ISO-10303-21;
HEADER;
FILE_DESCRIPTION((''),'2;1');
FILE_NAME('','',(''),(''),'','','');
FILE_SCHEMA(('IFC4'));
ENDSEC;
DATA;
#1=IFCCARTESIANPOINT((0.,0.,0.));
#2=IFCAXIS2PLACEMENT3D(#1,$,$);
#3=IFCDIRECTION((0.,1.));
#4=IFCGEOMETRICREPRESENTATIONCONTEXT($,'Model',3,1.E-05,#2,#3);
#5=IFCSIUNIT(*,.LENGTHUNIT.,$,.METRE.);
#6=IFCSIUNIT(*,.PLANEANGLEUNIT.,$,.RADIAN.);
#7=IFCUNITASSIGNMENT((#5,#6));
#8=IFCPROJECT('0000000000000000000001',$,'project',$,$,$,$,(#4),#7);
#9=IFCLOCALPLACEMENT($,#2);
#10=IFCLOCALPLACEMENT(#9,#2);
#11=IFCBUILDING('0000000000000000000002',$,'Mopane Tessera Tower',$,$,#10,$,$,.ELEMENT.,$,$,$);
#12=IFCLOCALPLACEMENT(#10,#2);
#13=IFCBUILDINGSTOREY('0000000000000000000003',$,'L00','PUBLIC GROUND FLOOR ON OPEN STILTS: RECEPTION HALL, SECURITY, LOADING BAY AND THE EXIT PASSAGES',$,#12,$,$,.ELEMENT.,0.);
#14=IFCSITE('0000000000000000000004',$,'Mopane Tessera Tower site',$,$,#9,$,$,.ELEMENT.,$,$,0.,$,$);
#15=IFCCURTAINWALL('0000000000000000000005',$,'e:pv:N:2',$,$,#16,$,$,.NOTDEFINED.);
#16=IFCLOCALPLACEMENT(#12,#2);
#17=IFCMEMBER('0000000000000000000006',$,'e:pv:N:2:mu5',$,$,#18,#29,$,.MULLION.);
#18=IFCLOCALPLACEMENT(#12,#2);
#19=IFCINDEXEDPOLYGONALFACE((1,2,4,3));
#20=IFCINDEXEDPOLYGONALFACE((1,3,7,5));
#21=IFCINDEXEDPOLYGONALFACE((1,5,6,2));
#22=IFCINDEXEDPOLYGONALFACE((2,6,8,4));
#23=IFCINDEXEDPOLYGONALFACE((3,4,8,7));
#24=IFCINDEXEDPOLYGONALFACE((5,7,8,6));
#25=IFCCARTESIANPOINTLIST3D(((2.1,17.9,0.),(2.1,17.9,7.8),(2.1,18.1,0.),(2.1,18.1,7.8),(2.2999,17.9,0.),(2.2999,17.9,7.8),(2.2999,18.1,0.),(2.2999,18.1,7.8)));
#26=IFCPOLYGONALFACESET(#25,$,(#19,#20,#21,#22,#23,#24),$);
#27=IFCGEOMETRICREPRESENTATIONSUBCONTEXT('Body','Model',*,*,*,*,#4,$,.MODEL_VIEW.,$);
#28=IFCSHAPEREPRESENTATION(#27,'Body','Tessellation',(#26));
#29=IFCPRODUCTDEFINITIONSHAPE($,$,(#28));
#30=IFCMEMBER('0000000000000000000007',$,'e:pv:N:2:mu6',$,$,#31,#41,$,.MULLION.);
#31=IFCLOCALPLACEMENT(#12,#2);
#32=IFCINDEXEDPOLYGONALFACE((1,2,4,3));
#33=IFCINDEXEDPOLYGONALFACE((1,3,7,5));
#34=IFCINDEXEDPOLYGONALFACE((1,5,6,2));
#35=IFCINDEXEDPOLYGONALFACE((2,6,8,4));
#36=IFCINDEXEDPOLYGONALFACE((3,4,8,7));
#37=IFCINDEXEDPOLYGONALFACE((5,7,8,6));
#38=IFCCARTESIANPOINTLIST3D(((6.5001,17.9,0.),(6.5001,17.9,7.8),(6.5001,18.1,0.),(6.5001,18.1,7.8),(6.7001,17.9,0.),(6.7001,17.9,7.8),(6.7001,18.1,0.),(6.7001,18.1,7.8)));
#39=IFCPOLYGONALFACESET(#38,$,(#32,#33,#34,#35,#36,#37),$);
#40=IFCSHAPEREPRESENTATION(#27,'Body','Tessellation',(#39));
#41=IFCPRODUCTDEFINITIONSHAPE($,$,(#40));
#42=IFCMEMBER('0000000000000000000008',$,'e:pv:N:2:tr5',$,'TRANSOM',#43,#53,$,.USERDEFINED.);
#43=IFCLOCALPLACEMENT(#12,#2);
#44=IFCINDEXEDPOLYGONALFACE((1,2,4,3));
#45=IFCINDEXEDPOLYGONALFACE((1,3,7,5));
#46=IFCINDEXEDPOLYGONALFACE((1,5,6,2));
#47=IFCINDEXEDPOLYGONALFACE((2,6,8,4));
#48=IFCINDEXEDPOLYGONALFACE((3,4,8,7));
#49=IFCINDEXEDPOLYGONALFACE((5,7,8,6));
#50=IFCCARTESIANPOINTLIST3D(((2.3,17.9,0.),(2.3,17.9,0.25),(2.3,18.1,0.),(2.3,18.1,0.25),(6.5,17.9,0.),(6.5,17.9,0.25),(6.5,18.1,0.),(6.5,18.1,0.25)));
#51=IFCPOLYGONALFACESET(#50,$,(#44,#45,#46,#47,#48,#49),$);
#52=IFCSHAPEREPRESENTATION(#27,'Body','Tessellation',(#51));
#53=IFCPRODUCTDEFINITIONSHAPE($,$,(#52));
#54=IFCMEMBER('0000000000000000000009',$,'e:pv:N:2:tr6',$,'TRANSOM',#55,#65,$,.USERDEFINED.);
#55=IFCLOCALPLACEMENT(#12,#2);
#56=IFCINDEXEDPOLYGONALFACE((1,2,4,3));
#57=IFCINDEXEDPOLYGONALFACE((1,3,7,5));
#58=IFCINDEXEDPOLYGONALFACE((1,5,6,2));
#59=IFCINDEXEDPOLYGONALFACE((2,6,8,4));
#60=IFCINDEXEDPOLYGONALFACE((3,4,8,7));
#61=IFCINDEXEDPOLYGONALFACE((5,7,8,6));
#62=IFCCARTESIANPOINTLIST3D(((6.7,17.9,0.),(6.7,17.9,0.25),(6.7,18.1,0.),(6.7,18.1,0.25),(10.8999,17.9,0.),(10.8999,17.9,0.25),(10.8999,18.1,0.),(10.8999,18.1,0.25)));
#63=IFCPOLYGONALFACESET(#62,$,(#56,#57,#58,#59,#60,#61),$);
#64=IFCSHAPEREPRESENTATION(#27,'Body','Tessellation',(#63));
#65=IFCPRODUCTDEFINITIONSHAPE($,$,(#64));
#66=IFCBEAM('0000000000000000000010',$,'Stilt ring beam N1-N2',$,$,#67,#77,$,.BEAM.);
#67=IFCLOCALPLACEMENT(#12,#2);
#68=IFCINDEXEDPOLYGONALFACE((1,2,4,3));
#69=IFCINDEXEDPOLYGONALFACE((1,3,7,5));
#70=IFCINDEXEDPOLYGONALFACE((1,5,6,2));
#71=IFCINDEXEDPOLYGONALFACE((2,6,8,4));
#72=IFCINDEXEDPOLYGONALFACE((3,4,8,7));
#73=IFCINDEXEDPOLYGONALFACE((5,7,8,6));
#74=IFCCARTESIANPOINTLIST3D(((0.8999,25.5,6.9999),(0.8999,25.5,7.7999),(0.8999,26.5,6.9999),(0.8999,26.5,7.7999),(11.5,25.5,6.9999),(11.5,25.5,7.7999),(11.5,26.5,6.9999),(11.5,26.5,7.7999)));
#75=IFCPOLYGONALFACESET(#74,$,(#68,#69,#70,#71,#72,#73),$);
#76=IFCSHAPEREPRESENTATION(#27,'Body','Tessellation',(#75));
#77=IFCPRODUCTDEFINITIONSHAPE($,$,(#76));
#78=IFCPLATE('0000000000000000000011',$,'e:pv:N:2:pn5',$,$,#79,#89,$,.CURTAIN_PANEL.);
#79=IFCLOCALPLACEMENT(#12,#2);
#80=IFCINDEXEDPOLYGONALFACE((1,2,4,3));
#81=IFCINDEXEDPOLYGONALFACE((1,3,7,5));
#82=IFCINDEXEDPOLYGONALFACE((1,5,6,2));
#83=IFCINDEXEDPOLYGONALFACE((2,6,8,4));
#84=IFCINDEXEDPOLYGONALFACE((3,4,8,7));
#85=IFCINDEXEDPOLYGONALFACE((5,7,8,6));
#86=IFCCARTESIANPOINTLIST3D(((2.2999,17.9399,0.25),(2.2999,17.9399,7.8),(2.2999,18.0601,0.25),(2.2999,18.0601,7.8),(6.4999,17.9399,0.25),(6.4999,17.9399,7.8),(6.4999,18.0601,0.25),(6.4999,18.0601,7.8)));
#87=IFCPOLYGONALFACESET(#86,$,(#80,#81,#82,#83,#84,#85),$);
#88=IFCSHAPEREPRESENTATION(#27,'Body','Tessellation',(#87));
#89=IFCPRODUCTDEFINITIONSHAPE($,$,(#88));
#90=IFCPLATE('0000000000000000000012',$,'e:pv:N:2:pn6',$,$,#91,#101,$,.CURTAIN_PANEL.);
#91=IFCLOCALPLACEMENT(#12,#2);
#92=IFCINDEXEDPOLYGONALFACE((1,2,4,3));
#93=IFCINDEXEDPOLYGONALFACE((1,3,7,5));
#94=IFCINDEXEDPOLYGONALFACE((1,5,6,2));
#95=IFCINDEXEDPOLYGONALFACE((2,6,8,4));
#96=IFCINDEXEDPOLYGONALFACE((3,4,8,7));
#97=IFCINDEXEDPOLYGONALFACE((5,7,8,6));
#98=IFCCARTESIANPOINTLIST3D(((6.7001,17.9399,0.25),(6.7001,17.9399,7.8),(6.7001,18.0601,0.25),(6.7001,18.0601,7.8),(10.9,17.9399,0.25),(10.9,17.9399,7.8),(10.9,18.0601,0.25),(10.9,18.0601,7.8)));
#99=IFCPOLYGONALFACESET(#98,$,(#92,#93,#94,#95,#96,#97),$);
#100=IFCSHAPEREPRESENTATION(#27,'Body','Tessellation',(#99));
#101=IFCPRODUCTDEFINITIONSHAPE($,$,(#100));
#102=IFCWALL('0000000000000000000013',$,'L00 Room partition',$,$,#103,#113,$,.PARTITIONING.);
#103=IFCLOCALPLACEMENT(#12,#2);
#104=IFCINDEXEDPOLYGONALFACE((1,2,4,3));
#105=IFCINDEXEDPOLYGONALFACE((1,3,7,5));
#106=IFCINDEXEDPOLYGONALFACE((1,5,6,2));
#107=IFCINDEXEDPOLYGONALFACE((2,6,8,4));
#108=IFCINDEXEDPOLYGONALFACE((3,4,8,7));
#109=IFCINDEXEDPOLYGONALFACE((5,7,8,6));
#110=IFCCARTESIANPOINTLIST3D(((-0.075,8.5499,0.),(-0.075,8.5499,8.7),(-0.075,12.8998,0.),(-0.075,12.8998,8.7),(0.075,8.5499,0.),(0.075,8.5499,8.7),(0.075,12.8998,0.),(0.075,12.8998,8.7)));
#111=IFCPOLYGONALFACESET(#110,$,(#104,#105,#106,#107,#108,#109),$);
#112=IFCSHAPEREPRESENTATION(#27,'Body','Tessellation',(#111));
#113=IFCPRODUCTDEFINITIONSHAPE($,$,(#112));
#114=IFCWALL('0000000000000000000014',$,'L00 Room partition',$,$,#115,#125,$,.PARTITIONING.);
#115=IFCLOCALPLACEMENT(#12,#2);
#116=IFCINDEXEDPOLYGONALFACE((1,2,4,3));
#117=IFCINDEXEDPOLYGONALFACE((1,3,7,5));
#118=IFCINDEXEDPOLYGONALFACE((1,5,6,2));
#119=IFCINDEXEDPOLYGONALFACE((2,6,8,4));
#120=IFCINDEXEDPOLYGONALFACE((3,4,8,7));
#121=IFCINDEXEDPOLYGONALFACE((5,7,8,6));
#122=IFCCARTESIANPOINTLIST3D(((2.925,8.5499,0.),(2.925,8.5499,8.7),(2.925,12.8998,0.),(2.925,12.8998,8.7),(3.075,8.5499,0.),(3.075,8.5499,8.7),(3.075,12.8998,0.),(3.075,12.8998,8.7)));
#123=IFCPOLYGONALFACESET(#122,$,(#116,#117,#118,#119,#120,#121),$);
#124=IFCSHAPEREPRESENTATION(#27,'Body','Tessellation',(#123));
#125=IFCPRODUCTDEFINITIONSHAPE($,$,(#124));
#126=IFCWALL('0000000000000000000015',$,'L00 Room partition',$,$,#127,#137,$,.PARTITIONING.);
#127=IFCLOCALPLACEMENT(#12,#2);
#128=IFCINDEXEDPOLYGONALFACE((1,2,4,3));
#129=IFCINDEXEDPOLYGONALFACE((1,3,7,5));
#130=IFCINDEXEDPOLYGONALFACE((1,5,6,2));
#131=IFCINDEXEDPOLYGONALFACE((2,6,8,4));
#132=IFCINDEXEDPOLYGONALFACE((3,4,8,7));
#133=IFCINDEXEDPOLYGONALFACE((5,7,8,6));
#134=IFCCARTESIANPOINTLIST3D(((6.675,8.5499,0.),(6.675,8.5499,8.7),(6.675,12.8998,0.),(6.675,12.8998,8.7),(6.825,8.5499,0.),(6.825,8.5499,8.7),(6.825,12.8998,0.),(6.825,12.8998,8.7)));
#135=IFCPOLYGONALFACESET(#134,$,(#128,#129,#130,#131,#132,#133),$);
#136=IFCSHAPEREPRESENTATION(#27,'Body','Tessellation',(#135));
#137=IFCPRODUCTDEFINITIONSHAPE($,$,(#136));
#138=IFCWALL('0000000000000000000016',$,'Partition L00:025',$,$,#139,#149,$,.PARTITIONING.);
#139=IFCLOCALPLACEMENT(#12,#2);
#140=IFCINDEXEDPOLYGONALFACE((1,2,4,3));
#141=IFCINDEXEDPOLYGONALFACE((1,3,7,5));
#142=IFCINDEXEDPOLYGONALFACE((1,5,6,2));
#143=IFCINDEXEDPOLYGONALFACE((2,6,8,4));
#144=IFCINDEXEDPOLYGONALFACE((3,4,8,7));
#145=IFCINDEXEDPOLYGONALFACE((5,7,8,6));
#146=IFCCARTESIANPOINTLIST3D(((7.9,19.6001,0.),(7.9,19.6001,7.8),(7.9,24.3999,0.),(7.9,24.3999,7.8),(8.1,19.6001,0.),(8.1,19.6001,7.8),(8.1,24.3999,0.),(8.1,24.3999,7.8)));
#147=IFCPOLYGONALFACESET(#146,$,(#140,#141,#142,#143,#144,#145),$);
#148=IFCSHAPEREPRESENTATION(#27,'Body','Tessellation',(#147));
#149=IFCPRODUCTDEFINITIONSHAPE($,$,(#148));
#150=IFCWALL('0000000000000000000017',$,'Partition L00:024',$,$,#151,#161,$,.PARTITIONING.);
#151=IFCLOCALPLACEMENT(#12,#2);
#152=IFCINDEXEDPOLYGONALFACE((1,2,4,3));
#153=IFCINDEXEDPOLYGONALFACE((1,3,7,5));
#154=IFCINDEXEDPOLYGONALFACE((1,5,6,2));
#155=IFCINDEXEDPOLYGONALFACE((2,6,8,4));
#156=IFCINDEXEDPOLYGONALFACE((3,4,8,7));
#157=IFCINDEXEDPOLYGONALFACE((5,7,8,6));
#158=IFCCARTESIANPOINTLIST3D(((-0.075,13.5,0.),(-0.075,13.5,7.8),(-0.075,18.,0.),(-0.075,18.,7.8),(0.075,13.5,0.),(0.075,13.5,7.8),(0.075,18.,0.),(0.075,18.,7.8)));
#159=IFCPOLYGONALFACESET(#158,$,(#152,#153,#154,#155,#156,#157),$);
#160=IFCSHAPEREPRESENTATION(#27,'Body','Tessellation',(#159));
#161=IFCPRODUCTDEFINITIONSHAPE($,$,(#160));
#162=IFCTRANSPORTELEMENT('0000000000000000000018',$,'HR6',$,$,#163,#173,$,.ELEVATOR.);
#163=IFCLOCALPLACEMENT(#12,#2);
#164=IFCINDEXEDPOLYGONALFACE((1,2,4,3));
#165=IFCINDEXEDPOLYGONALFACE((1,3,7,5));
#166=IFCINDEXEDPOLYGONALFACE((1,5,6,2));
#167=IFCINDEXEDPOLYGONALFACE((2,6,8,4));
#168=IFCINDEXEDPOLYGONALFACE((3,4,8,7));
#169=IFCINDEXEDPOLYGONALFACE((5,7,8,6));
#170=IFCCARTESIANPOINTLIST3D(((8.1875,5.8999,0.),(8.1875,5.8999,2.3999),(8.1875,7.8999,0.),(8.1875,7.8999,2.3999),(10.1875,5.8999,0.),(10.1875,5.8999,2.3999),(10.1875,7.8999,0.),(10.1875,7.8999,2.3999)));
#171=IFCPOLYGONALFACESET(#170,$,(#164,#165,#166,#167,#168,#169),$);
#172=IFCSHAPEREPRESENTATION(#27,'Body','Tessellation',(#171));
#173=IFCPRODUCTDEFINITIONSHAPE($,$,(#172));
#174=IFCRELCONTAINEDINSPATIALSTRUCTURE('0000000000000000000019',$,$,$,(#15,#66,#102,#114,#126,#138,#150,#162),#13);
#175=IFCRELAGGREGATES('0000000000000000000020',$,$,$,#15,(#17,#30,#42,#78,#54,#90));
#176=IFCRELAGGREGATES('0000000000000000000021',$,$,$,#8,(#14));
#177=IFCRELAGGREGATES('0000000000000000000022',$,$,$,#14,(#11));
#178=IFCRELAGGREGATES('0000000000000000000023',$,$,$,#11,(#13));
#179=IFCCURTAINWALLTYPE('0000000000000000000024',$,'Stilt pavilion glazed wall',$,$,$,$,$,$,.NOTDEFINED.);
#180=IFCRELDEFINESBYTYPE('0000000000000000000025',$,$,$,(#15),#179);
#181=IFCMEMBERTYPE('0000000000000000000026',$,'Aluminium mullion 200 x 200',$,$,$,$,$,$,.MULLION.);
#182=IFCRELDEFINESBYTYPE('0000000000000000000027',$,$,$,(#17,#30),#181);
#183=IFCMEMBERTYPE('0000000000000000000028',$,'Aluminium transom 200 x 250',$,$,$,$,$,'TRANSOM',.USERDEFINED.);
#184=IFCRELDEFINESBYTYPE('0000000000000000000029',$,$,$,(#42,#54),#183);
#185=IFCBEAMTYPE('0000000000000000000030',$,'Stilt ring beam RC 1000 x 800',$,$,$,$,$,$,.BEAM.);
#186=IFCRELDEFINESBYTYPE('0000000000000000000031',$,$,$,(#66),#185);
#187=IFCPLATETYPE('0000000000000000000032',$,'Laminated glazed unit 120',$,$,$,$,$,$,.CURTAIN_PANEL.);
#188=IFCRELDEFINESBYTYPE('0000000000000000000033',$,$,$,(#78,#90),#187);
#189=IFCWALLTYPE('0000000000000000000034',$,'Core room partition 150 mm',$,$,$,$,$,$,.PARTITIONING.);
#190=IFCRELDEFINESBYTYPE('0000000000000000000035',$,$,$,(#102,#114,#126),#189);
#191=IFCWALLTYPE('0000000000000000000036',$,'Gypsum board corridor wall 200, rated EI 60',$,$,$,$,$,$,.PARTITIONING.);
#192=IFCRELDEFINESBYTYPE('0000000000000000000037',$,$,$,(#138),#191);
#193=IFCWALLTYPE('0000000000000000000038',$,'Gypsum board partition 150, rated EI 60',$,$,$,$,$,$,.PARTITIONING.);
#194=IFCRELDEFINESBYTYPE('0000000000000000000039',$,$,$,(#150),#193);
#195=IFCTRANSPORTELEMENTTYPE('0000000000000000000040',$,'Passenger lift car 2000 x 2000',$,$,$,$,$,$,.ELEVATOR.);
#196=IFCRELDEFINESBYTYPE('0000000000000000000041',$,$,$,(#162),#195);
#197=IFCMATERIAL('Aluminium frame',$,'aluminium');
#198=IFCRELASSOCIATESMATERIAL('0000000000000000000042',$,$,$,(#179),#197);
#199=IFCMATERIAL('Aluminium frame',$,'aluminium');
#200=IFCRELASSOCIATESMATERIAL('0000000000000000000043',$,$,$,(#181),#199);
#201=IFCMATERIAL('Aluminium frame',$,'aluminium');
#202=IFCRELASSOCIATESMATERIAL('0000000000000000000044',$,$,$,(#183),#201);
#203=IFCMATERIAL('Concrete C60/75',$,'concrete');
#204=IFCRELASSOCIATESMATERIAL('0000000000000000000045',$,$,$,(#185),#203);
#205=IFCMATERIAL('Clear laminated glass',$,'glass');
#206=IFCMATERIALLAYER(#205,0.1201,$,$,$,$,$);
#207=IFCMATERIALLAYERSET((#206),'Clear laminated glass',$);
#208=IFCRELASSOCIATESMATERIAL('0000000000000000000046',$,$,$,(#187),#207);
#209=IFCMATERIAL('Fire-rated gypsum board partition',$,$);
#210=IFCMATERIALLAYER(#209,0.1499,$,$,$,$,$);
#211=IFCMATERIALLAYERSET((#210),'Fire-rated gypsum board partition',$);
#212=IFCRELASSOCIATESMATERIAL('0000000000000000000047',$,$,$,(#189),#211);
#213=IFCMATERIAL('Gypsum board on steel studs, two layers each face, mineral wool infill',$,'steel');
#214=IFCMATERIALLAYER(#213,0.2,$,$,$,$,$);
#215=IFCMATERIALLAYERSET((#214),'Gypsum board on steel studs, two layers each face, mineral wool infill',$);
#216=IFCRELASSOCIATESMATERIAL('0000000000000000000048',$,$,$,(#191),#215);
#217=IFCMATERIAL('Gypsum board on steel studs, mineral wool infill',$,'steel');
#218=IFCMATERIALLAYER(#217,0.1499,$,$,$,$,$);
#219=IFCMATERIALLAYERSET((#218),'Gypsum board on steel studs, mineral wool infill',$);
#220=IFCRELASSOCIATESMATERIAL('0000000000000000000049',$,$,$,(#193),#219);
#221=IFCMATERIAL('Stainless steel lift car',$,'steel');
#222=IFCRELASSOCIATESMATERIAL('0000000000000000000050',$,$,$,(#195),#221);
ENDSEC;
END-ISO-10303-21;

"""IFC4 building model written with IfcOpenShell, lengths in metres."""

from ifc_helpers import new_model, si_unit, direction, frame, frame_2d, origin, origin_2d, place, context, subcontext, project, spatial, rectangle, extrude, material, layer, layer_set, material_profile, profile_set, type_object, element, aggregate, save


model = new_model("IFC4")

# Units and contexts
model_context = context("Model", 3, precision=1e-05, world=origin(), true_north=direction((0.0, 1.0)))
body_context = subcontext(model_context, "Body", "Model", "MODEL_VIEW")
ifc_project = project(units=[si_unit("LENGTHUNIT", "METRE"), si_unit("PLANEANGLEUNIT", "RADIAN")], contexts=[model_context])

# Site, building, storey
site_placement = place(None, origin())
site = spatial("IfcSite", under=ifc_project, at=site_placement, Name="Mopane Tessera Tower site", CompositionType="ELEMENT", RefElevation=0.0)
building_placement = place(site_placement, origin())
building = spatial("IfcBuilding", under=site, at=building_placement, Name="Mopane Tessera Tower", CompositionType="ELEMENT")
storey_placement = place(building_placement, origin())
storey = spatial("IfcBuildingStorey", under=building, at=storey_placement, Name="L00", Description="PUBLIC GROUND FLOOR ON OPEN STILTS: RECEPTION HALL, SECURITY, LOADING BAY AND THE EXIT PASSAGES", CompositionType="ELEMENT", Elevation=0.0)

# Curtain wall, members
ifc_material_1 = material(Name="Aluminium frame", Category="aluminium")
curtain_wall_type = type_object("IfcCurtainWallType", Name="Stilt pavilion glazed wall", PredefinedType="NOTDEFINED", material=ifc_material_1)
curtain_wall_placement = place(storey_placement, origin())
curtain_wall = element("IfcCurtainWall", 1, at=curtain_wall_placement, inside=storey, type_object=curtain_wall_type, Name="e:pv:N:2", PredefinedType="NOTDEFINED")
ifc_material_2 = material(Name="Aluminium frame", Category="aluminium")
ifc_material_profile_1 = material_profile(ifc_material_2, rectangle(XDim=0.2, YDim=0.2, at=origin_2d()))
ifc_profile_set_1 = profile_set([ifc_material_profile_1], Name="Aluminium frame")
member_type_1 = type_object("IfcMemberType", Name="Aluminium mullion 200 x 200", PredefinedType="MULLION", material=ifc_profile_set_1)
member_1_placement = place(storey_placement, frame((2.2, 18.0, 0.0), z_axis=(0.0, 0.0, 1.0), x_axis=(1.0, 0.0, 0.0)))
member_1 = element("IfcMember", 2, at=member_1_placement, type_object=member_type_1, Name="e:pv:N:2:mu5", PredefinedType="MULLION", context=body_context, shape_type="SweptSolid", body=[
    extrude(rectangle(XDim=0.2, YDim=0.2, at=origin_2d()), origin(), (0.0, 0.0, 1.0), 7.8),
])
member_2_placement = place(storey_placement, frame((6.6001, 18.0, 0.0), z_axis=(0.0, 0.0, 1.0), x_axis=(1.0, 0.0, 0.0)))
member_2 = element("IfcMember", 3, at=member_2_placement, type_object=member_type_1, Name="e:pv:N:2:mu6", PredefinedType="MULLION", context=body_context, shape_type="SweptSolid", body=[
    extrude(rectangle(XDim=0.2, YDim=0.2, at=origin_2d()), origin(), (0.0, 0.0, 1.0), 7.8),
])
ifc_material_3 = material(Name="Aluminium frame", Category="aluminium")
ifc_material_profile_2 = material_profile(ifc_material_3, rectangle(XDim=0.2, YDim=0.25, at=origin_2d()))
ifc_profile_set_2 = profile_set([ifc_material_profile_2], Name="Aluminium frame")
member_type_2 = type_object("IfcMemberType", Name="Aluminium transom 200 x 250", ElementType="TRANSOM", PredefinedType="USERDEFINED", material=ifc_profile_set_2)
member_3_placement = place(storey_placement, frame((2.3, 18.0, 0.125), z_axis=(1.0, 0.0, 0.0), x_axis=(0.0, 1.0, 0.0)))
member_3 = element("IfcMember", 4, at=member_3_placement, type_object=member_type_2, Name="e:pv:N:2:tr5", ObjectType="TRANSOM", PredefinedType="USERDEFINED", context=body_context, shape_type="SweptSolid", body=[
    extrude(rectangle(XDim=0.2, YDim=0.25, at=origin_2d()), origin(), (0.0, 0.0, 1.0), 4.2),
])
member_4_placement = place(storey_placement, frame((6.7, 18.0, 0.125), z_axis=(1.0, 0.0, 0.0), x_axis=(0.0, 1.0, 0.0)))
member_4 = element("IfcMember", 5, at=member_4_placement, type_object=member_type_2, Name="e:pv:N:2:tr6", ObjectType="TRANSOM", PredefinedType="USERDEFINED", context=body_context, shape_type="SweptSolid", body=[
    extrude(rectangle(XDim=0.2, YDim=0.25, at=origin_2d()), origin(), (0.0, 0.0, 1.0), 4.2),
])

# Beam
ifc_material_4 = material(Name="Concrete C60/75", Category="concrete")
ifc_material_profile_3 = material_profile(ifc_material_4, rectangle(XDim=1.0, YDim=0.8, at=origin_2d()))
ifc_profile_set_3 = profile_set([ifc_material_profile_3], Name="Concrete C60/75")
beam_type = type_object("IfcBeamType", Name="Stilt ring beam RC 1000 x 800", PredefinedType="BEAM", material=ifc_profile_set_3)
beam_placement = place(storey_placement, frame((0.8999, 26.0, 7.3999), z_axis=(1.0, 0.0, 0.0), x_axis=(0.0, 1.0, 0.0)))
element("IfcBeam", 6, at=beam_placement, inside=storey, type_object=beam_type, Name="Stilt ring beam N1-N2", PredefinedType="BEAM", context=body_context, shape_type="SweptSolid", body=[
    extrude(rectangle(XDim=1.0, YDim=0.8, at=origin_2d()), origin(), (0.0, 0.0, 1.0), 10.6001),
])

# Plates
ifc_material_5 = material(Name="Clear laminated glass", Category="glass")
ifc_layer_1 = layer(ifc_material_5, 0.1201)
ifc_layer_set_1 = layer_set([ifc_layer_1], Name="Clear laminated glass")
plate_type = type_object("IfcPlateType", Name="Laminated glazed unit 120", PredefinedType="CURTAIN_PANEL", material=ifc_layer_set_1)
plate_1_placement = place(storey_placement, frame((4.3999, 18.0, 0.25), z_axis=(0.0, 0.0, 1.0), x_axis=(1.0, 0.0, 0.0)))
plate_1 = element("IfcPlate", 7, at=plate_1_placement, type_object=plate_type, Name="e:pv:N:2:pn5", PredefinedType="CURTAIN_PANEL", context=body_context, shape_type="SweptSolid", body=[
    extrude(rectangle(XDim=4.2, YDim=0.1201, at=origin_2d()), origin(), (0.0, 0.0, 1.0), 7.55),
])
plate_2_placement = place(storey_placement, frame((8.8, 18.0, 0.25), z_axis=(0.0, 0.0, 1.0), x_axis=(1.0, 0.0, 0.0)))
plate_2 = element("IfcPlate", 8, at=plate_2_placement, type_object=plate_type, Name="e:pv:N:2:pn6", PredefinedType="CURTAIN_PANEL", context=body_context, shape_type="SweptSolid", body=[
    extrude(rectangle(XDim=4.2, YDim=0.1201, at=origin_2d()), origin(), (0.0, 0.0, 1.0), 7.55),
])
aggregate(curtain_wall, [member_1, member_2, member_3, plate_1, member_4, plate_2])

# Walls
ifc_material_6 = material(Name="Fire-rated gypsum board partition")
ifc_layer_2 = layer(ifc_material_6, 0.1499)
ifc_layer_set_2 = layer_set([ifc_layer_2], Name="Fire-rated gypsum board partition")
wall_type_1 = type_object("IfcWallType", Name="Core room partition 150 mm", PredefinedType="PARTITIONING", material=ifc_layer_set_2)
for number, where, z_axis, x_axis, name in (
    (9, (0.0, 8.55, 0.0), (0.0, 0.0, 1.0), (0.0, 1.0, 0.0), "L00 Room partition"),
    (10, (3.0, 8.55, 0.0), (0.0, 0.0, 1.0), (0.0, 1.0, 0.0), "L00 Room partition"),
    (11, (6.75, 8.55, 0.0), (0.0, 0.0, 1.0), (0.0, 1.0, 0.0), "L00 Room partition"),
):
    element("IfcWall", number, at=place(storey_placement, frame(where, z_axis=z_axis, x_axis=x_axis)), inside=storey, type_object=wall_type_1, Name=name, PredefinedType="PARTITIONING", context=body_context, shape_type="SweptSolid", body=[
        extrude(rectangle(XDim=4.3499, YDim=0.1499, at=frame_2d((2.1748, 0.0))), origin(), (0.0, 0.0, 1.0), 8.7),
    ])
ifc_material_7 = material(Name="Gypsum board on steel studs, two layers each face, mineral wool infill", Category="steel")
ifc_layer_3 = layer(ifc_material_7, 0.2)
ifc_layer_set_3 = layer_set([ifc_layer_3], Name="Gypsum board on steel studs, two layers each face, mineral wool infill")
wall_type_2 = type_object("IfcWallType", Name="Gypsum board corridor wall 200, rated EI 60", PredefinedType="PARTITIONING", material=ifc_layer_set_3)
wall_1_placement = place(storey_placement, frame((8.0, 19.6001, 0.0), z_axis=(0.0, 0.0, 1.0), x_axis=(0.0, 1.0, 0.0)))
element("IfcWall", 12, at=wall_1_placement, inside=storey, type_object=wall_type_2, Name="Partition L00:025", PredefinedType="PARTITIONING", context=body_context, shape_type="SweptSolid", body=[
    extrude(rectangle(XDim=4.7998, YDim=0.2, at=frame_2d((2.3999, 0.0))), origin(), (0.0, 0.0, 1.0), 7.8),
])
ifc_material_8 = material(Name="Gypsum board on steel studs, mineral wool infill", Category="steel")
ifc_layer_4 = layer(ifc_material_8, 0.1499)
ifc_layer_set_4 = layer_set([ifc_layer_4], Name="Gypsum board on steel studs, mineral wool infill")
wall_type_3 = type_object("IfcWallType", Name="Gypsum board partition 150, rated EI 60", PredefinedType="PARTITIONING", material=ifc_layer_set_4)
wall_2_placement = place(storey_placement, frame((0.0, 13.5, 0.0), z_axis=(0.0, 0.0, 1.0), x_axis=(0.0, 1.0, 0.0)))
element("IfcWall", 13, at=wall_2_placement, inside=storey, type_object=wall_type_3, Name="Partition L00:024", PredefinedType="PARTITIONING", context=body_context, shape_type="SweptSolid", body=[
    extrude(rectangle(XDim=4.5, YDim=0.1499, at=frame_2d((2.25, 0.0))), origin(), (0.0, 0.0, 1.0), 7.8),
])

# Transport element
ifc_material_9 = material(Name="Stainless steel lift car", Category="steel")
transport_element_type = type_object("IfcTransportElementType", Name="Passenger lift car 2000 x 2000", PredefinedType="ELEVATOR", material=ifc_material_9)
transport_element_placement = place(storey_placement, frame((9.1875, 6.8999, 0.0), z_axis=(0.0, 0.0, 1.0), x_axis=(1.0, 0.0, 0.0)))
element("IfcTransportElement", 14, at=transport_element_placement, inside=storey, type_object=transport_element_type, Name="HR6", PredefinedType="ELEVATOR", context=body_context, shape_type="SweptSolid", body=[
    extrude(rectangle(XDim=2.0, YDim=2.0, at=origin_2d()), origin(), (0.0, 0.0, 1.0), 2.3999),
])

save(model, "model.ifc")
